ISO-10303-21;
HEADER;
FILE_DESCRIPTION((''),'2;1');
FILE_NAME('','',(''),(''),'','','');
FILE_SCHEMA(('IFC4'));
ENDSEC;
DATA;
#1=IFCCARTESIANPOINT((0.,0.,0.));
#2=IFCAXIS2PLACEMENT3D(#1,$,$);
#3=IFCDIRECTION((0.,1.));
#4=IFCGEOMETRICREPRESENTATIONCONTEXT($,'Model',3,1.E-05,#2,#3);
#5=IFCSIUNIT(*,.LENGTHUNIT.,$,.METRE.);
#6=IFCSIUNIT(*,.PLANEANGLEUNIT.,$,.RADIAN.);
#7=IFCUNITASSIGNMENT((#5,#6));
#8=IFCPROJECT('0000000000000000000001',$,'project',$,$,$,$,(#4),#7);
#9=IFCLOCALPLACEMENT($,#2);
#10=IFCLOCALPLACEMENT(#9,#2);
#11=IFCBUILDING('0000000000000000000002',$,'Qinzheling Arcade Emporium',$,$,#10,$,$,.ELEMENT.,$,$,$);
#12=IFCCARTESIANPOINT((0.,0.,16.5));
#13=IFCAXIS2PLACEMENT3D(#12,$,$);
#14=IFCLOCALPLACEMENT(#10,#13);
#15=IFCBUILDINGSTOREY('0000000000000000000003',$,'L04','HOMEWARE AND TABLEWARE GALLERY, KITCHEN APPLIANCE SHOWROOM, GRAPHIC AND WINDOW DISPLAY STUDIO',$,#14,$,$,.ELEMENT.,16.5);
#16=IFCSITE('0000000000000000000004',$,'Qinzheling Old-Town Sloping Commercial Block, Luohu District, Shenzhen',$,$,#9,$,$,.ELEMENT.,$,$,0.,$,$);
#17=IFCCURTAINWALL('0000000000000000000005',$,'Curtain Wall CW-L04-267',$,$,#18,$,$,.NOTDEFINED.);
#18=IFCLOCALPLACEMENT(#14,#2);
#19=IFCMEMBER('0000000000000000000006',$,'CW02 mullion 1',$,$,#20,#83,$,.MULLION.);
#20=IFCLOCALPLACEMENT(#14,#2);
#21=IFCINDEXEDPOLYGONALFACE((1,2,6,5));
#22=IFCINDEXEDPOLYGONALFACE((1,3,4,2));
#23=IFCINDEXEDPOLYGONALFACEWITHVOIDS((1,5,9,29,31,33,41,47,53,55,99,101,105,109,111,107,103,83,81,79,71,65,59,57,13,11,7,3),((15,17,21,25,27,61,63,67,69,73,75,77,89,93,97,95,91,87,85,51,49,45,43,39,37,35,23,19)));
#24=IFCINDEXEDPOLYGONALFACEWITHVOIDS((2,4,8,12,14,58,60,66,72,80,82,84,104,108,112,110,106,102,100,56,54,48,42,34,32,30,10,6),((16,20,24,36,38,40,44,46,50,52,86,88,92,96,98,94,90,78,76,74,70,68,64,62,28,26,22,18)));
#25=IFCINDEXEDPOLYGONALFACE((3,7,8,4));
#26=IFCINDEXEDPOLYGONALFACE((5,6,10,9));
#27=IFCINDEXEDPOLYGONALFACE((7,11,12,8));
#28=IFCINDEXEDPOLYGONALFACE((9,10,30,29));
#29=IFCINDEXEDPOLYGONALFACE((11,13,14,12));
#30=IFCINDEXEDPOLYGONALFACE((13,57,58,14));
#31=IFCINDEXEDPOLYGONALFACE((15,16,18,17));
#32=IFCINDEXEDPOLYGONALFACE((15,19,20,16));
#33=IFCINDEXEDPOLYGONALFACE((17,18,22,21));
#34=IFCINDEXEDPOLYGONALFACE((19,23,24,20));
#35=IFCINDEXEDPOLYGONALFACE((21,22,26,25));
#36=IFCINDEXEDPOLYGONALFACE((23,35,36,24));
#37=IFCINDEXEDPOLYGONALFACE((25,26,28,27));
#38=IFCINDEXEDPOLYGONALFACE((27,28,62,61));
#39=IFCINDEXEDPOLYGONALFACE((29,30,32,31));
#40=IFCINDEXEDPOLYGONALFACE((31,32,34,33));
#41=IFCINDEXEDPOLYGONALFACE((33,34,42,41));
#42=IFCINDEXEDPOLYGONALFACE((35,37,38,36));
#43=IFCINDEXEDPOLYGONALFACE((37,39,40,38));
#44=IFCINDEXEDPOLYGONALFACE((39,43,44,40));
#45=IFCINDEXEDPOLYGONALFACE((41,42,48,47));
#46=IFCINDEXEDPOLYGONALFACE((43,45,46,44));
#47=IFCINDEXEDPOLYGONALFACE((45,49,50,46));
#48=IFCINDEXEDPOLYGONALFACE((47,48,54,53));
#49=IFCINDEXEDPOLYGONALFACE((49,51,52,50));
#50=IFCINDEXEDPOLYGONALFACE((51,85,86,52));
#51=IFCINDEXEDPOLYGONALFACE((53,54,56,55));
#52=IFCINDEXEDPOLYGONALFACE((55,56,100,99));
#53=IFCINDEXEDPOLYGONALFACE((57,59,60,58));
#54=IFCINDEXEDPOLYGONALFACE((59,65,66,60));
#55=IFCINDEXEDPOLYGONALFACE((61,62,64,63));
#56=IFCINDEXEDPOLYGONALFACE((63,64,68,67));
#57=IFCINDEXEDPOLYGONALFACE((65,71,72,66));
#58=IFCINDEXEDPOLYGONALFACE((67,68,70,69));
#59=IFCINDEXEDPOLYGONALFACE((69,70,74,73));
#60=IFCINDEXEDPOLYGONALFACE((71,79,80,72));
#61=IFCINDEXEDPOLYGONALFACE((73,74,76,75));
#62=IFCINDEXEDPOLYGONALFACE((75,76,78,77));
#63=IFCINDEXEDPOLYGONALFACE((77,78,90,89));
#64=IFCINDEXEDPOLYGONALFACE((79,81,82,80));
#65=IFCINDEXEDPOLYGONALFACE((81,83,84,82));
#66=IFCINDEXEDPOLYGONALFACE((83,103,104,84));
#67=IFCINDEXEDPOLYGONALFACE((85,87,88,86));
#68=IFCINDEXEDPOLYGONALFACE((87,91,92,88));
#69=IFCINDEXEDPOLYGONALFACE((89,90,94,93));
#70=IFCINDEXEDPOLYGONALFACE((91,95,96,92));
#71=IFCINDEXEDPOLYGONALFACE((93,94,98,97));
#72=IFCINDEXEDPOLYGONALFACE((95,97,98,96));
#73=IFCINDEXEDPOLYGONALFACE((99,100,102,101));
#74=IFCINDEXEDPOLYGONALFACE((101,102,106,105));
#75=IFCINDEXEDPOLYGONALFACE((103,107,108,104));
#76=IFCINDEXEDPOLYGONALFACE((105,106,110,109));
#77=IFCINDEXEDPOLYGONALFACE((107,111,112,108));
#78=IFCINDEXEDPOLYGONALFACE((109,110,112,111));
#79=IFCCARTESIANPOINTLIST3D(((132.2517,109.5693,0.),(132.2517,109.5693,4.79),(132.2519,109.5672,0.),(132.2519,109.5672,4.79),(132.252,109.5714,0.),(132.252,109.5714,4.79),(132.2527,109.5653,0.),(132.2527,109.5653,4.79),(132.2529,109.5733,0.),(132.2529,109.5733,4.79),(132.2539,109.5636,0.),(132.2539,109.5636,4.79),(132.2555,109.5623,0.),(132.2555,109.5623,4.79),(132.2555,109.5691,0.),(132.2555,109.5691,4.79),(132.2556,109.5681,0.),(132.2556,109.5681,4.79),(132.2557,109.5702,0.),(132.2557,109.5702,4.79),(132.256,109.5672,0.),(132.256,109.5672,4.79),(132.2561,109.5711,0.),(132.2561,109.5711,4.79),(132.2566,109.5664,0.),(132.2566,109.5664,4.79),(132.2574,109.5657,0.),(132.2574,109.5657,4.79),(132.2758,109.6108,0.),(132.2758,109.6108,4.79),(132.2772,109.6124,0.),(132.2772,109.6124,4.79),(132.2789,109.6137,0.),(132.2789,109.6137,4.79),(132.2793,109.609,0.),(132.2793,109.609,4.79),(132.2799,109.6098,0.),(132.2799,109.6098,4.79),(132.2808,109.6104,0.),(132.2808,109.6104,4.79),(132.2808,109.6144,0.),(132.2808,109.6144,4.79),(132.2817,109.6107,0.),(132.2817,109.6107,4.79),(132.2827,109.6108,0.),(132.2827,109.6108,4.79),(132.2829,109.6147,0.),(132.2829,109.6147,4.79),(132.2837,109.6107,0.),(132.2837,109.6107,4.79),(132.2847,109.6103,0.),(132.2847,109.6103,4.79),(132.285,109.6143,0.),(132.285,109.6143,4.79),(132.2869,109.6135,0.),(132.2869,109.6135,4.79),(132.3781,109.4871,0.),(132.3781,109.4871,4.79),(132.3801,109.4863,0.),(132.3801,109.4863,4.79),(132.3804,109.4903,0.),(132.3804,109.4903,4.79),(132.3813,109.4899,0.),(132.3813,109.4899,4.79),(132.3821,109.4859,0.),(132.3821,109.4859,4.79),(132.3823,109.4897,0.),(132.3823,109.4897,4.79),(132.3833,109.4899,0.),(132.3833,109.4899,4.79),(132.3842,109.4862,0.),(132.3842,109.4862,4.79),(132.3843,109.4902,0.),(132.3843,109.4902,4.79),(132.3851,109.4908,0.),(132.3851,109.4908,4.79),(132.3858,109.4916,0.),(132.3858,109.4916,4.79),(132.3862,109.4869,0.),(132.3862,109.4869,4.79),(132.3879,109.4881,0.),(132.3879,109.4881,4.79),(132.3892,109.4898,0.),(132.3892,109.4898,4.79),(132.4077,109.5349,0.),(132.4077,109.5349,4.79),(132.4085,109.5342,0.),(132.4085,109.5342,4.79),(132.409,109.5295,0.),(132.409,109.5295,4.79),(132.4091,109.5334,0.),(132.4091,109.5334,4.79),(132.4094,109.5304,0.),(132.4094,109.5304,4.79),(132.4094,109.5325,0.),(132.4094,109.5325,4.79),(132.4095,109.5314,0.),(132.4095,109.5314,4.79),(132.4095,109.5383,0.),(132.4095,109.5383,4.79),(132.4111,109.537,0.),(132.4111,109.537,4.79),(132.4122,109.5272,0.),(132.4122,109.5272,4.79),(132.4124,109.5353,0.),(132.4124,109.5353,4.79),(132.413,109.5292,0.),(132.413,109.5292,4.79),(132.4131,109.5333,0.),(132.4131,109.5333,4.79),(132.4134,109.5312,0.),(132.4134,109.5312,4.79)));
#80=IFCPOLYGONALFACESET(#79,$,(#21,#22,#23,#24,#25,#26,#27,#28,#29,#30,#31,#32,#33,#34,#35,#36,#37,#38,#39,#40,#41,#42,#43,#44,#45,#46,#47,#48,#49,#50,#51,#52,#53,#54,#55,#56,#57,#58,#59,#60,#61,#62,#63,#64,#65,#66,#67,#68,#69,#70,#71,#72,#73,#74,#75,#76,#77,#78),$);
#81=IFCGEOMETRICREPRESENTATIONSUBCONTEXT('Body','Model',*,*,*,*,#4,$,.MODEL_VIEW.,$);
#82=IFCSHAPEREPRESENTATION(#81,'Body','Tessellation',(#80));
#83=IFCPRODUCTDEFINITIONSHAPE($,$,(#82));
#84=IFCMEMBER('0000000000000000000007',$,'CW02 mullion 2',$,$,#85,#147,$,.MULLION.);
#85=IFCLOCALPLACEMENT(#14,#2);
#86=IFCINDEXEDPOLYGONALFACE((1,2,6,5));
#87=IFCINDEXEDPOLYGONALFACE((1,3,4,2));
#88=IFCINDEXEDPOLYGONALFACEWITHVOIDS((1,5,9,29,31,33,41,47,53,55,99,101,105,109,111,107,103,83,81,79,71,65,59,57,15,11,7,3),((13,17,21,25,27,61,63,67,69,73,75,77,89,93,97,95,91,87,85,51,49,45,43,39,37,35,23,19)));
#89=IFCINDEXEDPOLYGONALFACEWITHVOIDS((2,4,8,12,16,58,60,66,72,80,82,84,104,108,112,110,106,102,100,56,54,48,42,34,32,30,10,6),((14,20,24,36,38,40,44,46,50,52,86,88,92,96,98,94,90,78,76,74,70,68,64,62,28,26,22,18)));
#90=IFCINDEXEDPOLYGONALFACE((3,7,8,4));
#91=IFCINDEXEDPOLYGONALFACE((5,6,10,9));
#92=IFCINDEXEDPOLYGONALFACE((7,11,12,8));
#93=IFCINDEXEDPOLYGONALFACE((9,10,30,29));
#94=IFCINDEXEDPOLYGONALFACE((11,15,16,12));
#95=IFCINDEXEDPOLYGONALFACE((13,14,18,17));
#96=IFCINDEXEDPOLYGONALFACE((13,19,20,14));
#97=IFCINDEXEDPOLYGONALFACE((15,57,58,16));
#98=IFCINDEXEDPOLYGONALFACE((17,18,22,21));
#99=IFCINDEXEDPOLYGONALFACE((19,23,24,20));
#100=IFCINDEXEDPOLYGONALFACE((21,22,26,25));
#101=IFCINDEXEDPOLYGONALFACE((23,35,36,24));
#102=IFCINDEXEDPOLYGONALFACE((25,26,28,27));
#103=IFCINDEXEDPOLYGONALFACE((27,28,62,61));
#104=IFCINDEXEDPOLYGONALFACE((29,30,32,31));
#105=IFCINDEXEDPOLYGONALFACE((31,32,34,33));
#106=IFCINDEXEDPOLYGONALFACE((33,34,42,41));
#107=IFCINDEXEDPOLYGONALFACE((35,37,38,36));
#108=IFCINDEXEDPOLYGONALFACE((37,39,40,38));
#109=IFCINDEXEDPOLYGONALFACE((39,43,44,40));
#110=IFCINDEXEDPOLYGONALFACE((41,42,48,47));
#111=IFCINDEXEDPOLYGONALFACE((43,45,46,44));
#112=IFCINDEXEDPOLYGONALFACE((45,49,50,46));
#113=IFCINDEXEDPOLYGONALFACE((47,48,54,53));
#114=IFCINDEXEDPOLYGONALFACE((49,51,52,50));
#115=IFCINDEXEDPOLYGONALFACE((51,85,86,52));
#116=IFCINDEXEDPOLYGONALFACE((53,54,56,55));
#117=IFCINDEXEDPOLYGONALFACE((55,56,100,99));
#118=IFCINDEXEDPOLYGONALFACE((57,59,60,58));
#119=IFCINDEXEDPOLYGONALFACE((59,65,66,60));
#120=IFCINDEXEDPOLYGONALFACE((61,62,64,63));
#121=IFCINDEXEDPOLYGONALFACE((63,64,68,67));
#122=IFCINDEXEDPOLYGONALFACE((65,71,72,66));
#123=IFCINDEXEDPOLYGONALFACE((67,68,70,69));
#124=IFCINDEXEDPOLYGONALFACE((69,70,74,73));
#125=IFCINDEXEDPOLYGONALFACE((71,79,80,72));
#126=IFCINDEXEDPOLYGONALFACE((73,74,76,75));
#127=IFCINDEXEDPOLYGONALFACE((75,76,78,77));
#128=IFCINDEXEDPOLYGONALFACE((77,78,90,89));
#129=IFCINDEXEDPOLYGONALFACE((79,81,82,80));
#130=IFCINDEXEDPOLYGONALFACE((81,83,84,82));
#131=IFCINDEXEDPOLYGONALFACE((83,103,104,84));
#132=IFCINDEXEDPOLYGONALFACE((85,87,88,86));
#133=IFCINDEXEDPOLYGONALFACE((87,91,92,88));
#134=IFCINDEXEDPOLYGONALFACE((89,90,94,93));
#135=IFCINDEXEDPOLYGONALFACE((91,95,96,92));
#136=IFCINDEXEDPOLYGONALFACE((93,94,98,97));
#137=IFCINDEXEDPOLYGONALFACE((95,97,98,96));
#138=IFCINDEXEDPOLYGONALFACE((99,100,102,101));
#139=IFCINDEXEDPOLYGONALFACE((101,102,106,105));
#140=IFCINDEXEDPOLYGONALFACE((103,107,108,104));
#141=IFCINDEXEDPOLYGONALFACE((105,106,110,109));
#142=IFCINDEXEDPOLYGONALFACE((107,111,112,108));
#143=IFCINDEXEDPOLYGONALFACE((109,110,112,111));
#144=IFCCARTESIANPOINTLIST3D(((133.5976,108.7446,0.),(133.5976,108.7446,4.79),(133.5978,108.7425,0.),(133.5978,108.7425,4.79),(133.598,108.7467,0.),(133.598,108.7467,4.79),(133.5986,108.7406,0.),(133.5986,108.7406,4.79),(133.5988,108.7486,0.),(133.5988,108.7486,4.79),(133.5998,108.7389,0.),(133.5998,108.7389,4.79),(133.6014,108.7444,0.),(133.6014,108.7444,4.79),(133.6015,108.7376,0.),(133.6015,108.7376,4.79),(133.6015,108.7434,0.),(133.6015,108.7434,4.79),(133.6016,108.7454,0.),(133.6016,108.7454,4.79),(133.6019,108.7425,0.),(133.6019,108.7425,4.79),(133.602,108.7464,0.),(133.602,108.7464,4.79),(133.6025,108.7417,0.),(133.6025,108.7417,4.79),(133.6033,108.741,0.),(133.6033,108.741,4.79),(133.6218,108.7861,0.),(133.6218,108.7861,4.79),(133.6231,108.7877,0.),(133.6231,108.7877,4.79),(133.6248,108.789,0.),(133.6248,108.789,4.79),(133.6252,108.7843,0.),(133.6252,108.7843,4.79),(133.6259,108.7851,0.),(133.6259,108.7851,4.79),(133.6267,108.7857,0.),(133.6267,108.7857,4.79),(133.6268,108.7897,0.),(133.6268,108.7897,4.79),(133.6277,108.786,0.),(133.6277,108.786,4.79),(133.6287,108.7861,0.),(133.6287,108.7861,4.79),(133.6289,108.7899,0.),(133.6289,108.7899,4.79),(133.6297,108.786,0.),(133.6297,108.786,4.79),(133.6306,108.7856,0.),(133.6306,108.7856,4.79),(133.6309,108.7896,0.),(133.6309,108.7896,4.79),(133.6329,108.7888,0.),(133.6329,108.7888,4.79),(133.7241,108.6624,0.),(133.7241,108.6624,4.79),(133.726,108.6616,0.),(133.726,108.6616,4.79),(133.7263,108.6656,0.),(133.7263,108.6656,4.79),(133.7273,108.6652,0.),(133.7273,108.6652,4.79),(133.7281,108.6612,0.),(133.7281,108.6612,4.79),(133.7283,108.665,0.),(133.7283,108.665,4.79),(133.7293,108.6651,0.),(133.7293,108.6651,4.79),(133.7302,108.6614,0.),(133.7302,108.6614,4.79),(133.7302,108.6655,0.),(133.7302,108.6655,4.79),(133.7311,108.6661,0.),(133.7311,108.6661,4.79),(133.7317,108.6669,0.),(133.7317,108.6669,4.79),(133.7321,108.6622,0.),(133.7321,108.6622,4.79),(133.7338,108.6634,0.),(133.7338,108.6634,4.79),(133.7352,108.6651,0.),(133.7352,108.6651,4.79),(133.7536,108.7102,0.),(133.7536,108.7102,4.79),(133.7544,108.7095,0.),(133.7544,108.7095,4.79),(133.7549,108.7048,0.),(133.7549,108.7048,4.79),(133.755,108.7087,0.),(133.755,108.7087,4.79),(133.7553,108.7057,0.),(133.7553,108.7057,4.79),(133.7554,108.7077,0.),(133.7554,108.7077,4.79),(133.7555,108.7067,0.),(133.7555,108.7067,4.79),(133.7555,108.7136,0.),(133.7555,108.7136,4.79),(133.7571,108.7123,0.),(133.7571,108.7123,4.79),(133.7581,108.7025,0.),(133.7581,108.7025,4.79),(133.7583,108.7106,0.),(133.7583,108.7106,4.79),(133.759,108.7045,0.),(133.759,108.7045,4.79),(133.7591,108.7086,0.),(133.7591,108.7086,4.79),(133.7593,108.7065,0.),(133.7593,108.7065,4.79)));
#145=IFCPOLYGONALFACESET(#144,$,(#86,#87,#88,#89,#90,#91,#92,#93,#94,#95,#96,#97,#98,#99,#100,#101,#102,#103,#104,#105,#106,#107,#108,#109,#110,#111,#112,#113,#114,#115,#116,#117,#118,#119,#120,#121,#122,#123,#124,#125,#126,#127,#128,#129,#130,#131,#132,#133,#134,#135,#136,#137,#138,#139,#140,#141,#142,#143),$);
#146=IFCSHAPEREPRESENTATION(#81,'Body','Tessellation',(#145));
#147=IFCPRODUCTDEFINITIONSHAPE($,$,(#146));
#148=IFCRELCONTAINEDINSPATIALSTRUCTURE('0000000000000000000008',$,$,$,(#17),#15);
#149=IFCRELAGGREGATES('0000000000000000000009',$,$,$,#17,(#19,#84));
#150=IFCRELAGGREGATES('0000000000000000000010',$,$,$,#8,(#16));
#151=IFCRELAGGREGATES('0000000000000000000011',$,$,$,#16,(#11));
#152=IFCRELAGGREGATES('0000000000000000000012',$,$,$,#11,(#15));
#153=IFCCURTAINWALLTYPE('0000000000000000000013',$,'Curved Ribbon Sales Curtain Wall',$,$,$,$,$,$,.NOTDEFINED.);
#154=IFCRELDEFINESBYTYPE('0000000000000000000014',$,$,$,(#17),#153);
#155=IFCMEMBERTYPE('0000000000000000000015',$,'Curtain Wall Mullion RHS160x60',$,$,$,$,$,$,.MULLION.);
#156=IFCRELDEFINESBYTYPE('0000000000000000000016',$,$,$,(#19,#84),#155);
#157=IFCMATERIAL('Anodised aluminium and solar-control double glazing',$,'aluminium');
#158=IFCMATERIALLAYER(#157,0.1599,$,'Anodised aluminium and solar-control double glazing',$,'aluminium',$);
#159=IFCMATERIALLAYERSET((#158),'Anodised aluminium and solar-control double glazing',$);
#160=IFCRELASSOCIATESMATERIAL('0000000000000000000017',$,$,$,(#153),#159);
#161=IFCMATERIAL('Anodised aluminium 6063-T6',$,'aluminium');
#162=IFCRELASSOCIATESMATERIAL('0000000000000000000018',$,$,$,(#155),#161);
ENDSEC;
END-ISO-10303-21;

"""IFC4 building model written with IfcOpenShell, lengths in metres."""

from ifc_helpers import new_model, si_unit, direction, frame, origin, origin_2d, place, context, subcontext, project, spatial, hollow_rectangle, extrude, material, layer, layer_set, material_profile, profile_set, type_object, element, aggregate, save


model = new_model("IFC4")

# Units and contexts
model_context = context("Model", 3, precision=1e-05, world=origin(), true_north=direction((0.0, 1.0)))
body_context = subcontext(model_context, "Body", "Model", "MODEL_VIEW")
ifc_project = project(units=[si_unit("LENGTHUNIT", "METRE"), si_unit("PLANEANGLEUNIT", "RADIAN")], contexts=[model_context])

# Site, building, storey
site_placement = place(None, origin())
site = spatial("IfcSite", under=ifc_project, at=site_placement, Name="Qinzheling Old-Town Sloping Commercial Block, Luohu District, Shenzhen", CompositionType="ELEMENT", RefElevation=0.0)
building_placement = place(site_placement, origin())
building = spatial("IfcBuilding", under=site, at=building_placement, Name="Qinzheling Arcade Emporium", CompositionType="ELEMENT")
storey_placement = place(building_placement, frame((0.0, 0.0, 16.5)))
storey = spatial("IfcBuildingStorey", under=building, at=storey_placement, Name="L04", Description="HOMEWARE AND TABLEWARE GALLERY, KITCHEN APPLIANCE SHOWROOM, GRAPHIC AND WINDOW DISPLAY STUDIO", CompositionType="ELEMENT", Elevation=16.5)

# Curtain wall, members
ifc_material_1 = material(Name="Anodised aluminium and solar-control double glazing", Category="aluminium")
ifc_layer_1 = layer(ifc_material_1, 0.1599, Name="Anodised aluminium and solar-control double glazing", Category="aluminium")
ifc_layer_set_1 = layer_set([ifc_layer_1], Name="Anodised aluminium and solar-control double glazing")
curtain_wall_type = type_object("IfcCurtainWallType", Name="Curved Ribbon Sales Curtain Wall", PredefinedType="NOTDEFINED", material=ifc_layer_set_1)
ifc_material_2 = material(Name="Anodised aluminium 6063-T6", Category="aluminium")
ifc_material_profile_1 = material_profile(ifc_material_2, hollow_rectangle(XDim=0.0601, YDim=0.1599, WallThickness=0.0039, InnerFilletRadius=0.0039, OuterFilletRadius=0.0081, at=origin_2d()), Name="RHS 160x60x4", Category="aluminium")
ifc_profile_set_1 = profile_set([ifc_material_profile_1], Name="Anodised aluminium 6063-T6")
member_type_1 = type_object("IfcMemberType", Name="Curtain Wall Mullion RHS160x60", PredefinedType="MULLION", material=ifc_profile_set_1)
curtain_wall_1_placement = place(storey_placement, origin())
curtain_wall_1 = element("IfcCurtainWall", 1, at=curtain_wall_1_placement, inside=storey, type_object=curtain_wall_type, Name="Curtain Wall CW-L04-267", PredefinedType="NOTDEFINED")
member_1_placement = place(storey_placement, frame((132.3325, 109.5503, 0.0), z_axis=(0.0, 0.0, 1.0), x_axis=(0.522518, 0.852628, 0.0)))
member_1 = element("IfcMember", 2, at=member_1_placement, type_object=member_type_1, Name="CW02 mullion 1", PredefinedType="MULLION", context=body_context, shape_type="SweptSolid", body=[
    extrude(hollow_rectangle(XDim=0.0601, YDim=0.1599, WallThickness=0.0039, InnerFilletRadius=0.0039, OuterFilletRadius=0.0081, at=origin_2d()), origin(), (0.0, 0.0, 1.0), 4.79),
])
member_2_placement = place(storey_placement, frame((133.6785, 108.7256, 0.0), z_axis=(0.0, 0.0, 1.0), x_axis=(0.522518, 0.852628, 0.0)))
member_2 = element("IfcMember", 3, at=member_2_placement, type_object=member_type_1, Name="CW02 mullion 2", PredefinedType="MULLION", context=body_context, shape_type="SweptSolid", body=[
    extrude(hollow_rectangle(XDim=0.0601, YDim=0.1599, WallThickness=0.0039, InnerFilletRadius=0.0039, OuterFilletRadius=0.0081, at=origin_2d()), origin(), (0.0, 0.0, 1.0), 4.79),
])

aggregate(curtain_wall_1, [member_1, member_2])

save(model, "model.ifc")
